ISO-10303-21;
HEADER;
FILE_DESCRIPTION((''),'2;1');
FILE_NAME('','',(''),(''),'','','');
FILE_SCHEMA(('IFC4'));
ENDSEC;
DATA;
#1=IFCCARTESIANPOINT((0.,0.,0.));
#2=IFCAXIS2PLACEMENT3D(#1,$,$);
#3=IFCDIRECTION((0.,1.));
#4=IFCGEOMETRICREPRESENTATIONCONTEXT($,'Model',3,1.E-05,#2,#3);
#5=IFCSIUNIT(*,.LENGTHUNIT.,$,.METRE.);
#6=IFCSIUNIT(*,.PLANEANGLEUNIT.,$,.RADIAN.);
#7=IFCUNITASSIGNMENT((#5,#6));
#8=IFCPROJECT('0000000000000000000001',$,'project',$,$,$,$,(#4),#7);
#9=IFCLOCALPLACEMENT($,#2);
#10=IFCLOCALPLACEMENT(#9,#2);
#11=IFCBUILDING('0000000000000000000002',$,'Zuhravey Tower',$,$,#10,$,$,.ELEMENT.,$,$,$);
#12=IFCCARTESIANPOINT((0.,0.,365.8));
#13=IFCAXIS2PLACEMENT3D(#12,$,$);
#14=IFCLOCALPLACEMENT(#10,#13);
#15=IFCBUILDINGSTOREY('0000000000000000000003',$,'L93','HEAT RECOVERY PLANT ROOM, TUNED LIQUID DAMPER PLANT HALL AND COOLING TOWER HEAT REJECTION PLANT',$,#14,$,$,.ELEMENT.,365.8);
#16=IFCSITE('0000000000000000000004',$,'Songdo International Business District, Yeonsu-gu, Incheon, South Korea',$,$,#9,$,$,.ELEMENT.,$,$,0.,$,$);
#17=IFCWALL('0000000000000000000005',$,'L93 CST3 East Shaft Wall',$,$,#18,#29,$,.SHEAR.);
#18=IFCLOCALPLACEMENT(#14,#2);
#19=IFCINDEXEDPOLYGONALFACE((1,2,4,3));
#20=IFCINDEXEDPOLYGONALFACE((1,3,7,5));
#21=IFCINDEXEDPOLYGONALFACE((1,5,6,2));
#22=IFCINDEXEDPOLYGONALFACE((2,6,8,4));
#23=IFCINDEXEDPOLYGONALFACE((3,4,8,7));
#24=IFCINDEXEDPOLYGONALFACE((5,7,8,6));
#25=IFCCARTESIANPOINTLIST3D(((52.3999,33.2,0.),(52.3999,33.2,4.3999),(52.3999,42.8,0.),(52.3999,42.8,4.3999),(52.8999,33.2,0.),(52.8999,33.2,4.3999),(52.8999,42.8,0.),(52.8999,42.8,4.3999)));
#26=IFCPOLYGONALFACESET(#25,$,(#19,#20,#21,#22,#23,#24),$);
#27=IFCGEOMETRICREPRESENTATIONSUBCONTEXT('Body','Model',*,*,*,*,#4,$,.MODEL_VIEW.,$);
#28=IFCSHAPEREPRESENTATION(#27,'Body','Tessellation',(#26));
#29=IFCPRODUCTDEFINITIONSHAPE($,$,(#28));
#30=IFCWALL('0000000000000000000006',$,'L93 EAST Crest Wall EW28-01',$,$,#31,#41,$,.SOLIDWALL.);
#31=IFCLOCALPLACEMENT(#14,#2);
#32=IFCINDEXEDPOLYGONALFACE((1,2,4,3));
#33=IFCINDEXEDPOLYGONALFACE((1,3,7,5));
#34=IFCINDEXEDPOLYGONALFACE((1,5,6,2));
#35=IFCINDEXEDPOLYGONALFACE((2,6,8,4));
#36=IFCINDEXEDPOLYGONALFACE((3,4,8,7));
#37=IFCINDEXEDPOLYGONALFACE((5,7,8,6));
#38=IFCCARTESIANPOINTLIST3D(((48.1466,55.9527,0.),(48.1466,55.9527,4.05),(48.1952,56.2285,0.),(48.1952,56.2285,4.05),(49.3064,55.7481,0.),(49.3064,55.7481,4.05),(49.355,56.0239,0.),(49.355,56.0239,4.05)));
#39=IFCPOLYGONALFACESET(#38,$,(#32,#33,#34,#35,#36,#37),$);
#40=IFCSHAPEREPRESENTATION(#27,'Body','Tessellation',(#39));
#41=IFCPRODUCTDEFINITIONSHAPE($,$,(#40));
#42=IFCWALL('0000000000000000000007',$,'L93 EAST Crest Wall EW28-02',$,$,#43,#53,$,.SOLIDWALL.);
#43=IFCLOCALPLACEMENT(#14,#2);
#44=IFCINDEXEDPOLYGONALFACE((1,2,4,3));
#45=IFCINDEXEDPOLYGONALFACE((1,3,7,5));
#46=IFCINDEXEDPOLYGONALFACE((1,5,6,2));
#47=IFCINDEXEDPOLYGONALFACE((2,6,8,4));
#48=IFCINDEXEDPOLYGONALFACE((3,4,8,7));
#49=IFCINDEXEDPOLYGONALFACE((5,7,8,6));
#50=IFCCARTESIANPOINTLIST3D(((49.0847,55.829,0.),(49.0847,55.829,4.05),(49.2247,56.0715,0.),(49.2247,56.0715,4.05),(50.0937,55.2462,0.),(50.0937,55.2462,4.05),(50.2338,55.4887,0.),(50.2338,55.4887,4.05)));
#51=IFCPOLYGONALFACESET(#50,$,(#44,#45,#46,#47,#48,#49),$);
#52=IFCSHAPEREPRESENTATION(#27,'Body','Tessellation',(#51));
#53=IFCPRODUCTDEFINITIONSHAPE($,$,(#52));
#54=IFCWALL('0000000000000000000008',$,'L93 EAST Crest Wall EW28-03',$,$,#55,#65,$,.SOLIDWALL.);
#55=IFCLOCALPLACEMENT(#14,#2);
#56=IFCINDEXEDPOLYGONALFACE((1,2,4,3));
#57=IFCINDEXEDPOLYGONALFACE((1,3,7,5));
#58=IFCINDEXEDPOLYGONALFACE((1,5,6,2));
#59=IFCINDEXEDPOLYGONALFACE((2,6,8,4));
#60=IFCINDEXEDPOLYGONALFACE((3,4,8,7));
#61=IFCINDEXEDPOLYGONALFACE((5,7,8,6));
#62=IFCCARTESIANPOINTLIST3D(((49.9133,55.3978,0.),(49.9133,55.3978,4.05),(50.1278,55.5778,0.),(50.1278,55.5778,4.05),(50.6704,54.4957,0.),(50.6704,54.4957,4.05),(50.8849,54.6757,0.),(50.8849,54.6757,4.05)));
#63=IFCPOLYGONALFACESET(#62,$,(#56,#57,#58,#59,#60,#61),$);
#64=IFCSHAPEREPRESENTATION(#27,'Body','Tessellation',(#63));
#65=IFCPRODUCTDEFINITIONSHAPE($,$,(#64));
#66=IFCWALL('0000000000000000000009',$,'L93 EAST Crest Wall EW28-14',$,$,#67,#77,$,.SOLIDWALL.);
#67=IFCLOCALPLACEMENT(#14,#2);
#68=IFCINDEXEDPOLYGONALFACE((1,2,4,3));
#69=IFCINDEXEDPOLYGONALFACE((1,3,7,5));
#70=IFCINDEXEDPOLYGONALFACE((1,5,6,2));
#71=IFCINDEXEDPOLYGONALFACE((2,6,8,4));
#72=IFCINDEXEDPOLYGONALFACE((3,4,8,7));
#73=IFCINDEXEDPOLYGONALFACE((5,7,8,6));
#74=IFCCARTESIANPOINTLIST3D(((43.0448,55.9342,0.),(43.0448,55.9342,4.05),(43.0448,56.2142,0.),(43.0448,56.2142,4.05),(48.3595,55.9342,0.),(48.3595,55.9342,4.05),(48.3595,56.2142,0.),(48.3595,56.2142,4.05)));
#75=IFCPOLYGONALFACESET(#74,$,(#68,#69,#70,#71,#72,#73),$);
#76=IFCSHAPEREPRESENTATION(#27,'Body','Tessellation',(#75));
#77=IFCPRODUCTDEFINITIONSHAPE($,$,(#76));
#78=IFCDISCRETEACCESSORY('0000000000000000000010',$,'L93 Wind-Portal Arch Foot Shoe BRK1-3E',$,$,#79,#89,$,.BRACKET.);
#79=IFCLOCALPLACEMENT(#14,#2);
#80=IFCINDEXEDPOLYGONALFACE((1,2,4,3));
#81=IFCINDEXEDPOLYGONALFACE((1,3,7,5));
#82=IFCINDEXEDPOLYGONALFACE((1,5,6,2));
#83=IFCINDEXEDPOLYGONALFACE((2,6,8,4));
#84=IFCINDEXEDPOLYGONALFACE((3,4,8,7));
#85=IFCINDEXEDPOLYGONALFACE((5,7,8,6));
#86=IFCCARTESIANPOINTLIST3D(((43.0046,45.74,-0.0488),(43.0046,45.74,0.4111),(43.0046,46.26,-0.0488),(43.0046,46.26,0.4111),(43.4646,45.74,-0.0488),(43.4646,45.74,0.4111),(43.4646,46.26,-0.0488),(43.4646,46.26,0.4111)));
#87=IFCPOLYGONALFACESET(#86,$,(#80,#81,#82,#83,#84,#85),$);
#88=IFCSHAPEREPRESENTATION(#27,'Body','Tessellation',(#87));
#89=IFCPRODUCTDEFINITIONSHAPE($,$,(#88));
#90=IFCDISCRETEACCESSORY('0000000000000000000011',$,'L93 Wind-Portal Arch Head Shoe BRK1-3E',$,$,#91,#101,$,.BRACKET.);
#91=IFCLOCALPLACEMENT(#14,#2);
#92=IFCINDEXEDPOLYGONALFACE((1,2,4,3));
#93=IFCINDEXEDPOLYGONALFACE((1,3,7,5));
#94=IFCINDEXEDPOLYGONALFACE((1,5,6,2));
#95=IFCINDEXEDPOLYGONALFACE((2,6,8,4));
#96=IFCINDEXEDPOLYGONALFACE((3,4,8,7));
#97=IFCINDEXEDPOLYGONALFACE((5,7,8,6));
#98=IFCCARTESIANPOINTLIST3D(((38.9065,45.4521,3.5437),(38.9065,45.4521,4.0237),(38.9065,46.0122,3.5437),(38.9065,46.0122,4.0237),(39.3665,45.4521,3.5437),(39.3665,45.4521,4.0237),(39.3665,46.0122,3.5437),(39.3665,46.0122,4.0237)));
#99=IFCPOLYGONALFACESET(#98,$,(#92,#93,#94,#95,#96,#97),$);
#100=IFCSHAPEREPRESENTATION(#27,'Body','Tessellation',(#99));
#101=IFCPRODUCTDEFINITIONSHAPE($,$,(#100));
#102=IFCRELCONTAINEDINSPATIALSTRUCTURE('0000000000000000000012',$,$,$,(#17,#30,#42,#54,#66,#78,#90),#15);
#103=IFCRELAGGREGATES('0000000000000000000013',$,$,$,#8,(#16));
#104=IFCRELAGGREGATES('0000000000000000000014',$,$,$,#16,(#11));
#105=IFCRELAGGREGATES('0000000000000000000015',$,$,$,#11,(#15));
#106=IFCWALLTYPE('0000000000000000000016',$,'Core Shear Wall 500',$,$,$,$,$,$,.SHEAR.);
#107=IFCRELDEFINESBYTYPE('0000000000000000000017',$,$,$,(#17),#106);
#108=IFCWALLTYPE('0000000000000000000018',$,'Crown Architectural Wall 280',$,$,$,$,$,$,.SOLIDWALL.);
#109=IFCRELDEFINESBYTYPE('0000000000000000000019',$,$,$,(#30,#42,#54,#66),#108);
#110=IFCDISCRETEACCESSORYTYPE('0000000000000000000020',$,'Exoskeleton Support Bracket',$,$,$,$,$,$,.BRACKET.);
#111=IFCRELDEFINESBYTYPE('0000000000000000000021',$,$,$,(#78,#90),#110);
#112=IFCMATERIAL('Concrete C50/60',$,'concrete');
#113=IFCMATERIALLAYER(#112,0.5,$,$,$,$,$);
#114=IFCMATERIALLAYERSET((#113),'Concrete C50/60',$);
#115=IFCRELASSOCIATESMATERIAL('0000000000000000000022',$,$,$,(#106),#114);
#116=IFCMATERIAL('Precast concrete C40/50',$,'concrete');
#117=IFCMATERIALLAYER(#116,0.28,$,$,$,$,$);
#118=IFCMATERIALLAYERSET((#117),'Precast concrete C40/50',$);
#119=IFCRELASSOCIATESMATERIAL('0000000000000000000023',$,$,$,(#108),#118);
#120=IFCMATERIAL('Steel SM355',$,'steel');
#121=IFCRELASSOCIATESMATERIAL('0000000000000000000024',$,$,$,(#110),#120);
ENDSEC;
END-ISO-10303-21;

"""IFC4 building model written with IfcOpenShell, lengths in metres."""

from ifc_helpers import new_model, si_unit, direction, frame, frame_2d, origin, origin_2d, place, context, subcontext, project, spatial, rectangle, extrude, material, layer, layer_set, type_object, element, save


model = new_model("IFC4")

# Units and contexts
model_context = context("Model", 3, precision=1e-05, world=origin(), true_north=direction((0.0, 1.0)))
body_context = subcontext(model_context, "Body", "Model", "MODEL_VIEW")
ifc_project = project(units=[si_unit("LENGTHUNIT", "METRE"), si_unit("PLANEANGLEUNIT", "RADIAN")], contexts=[model_context])

# Site, building, storey
site_placement = place(None, origin())
site = spatial("IfcSite", under=ifc_project, at=site_placement, Name="Songdo International Business District, Yeonsu-gu, Incheon, South Korea", CompositionType="ELEMENT", RefElevation=0.0)
building_placement = place(site_placement, origin())
building = spatial("IfcBuilding", under=site, at=building_placement, Name="Zuhravey Tower", CompositionType="ELEMENT")
storey_placement = place(building_placement, frame((0.0, 0.0, 365.8)))
storey = spatial("IfcBuildingStorey", under=building, at=storey_placement, Name="L93", Description="HEAT RECOVERY PLANT ROOM, TUNED LIQUID DAMPER PLANT HALL AND COOLING TOWER HEAT REJECTION PLANT", CompositionType="ELEMENT", Elevation=365.8)

# Shared definitions
ifc_material_1 = material(Name="Steel SM355", Category="steel")

# Walls
ifc_material_2 = material(Name="Concrete C50/60", Category="concrete")
ifc_layer_1 = layer(ifc_material_2, 0.5)
ifc_layer_set_1 = layer_set([ifc_layer_1], Name="Concrete C50/60")
wall_type_1 = type_object("IfcWallType", Name="Core Shear Wall 500", PredefinedType="SHEAR", material=ifc_layer_set_1)
wall_1_placement = place(storey_placement, frame((52.6499, 42.8, 0.0), z_axis=(0.0, 0.0, 1.0), x_axis=(0.0, -1.0, 0.0)))
element("IfcWall", 1, at=wall_1_placement, inside=storey, type_object=wall_type_1, Name="L93 CST3 East Shaft Wall", PredefinedType="SHEAR", context=body_context, shape_type="SweptSolid", body=[
    extrude(rectangle(XDim=9.6001, YDim=0.5, at=frame_2d((4.8, 0.0))), origin(), (0.0, 0.0, 1.0), 4.3999),
])
ifc_material_3 = material(Name="Precast concrete C40/50", Category="concrete")
ifc_layer_2 = layer(ifc_material_3, 0.28)
ifc_layer_set_2 = layer_set([ifc_layer_2], Name="Precast concrete C40/50")
wall_type_2 = type_object("IfcWallType", Name="Crown Architectural Wall 280", PredefinedType="SOLIDWALL", material=ifc_layer_set_2)
wall_2_placement = place(storey_placement, frame((48.1709, 56.0906, 0.0), z_axis=(0.0, 0.0, 1.0), x_axis=(0.984798, -0.173703, 0.0)))
element("IfcWall", 2, at=wall_2_placement, inside=storey, type_object=wall_type_2, Name="L93 EAST Crest Wall EW28-01", PredefinedType="SOLIDWALL", context=body_context, shape_type="SweptSolid", body=[
    extrude(rectangle(XDim=1.1777, YDim=0.28, at=frame_2d((0.5889, 0.0))), origin(), (0.0, 0.0, 1.0), 4.05),
])
wall_3_placement = place(storey_placement, frame((49.1548, 55.9502, 0.0), z_axis=(0.0, 0.0, 1.0), x_axis=(0.865952, -0.500127, 0.0)))
element("IfcWall", 3, at=wall_3_placement, inside=storey, type_object=wall_type_2, Name="L93 EAST Crest Wall EW28-02", PredefinedType="SOLIDWALL", context=body_context, shape_type="SweptSolid", body=[
    extrude(rectangle(XDim=1.1653, YDim=0.28, at=frame_2d((0.5825, 0.0))), origin(), (0.0, 0.0, 1.0), 4.05),
])
wall_4_placement = place(storey_placement, frame((50.0205, 55.4878, 0.0), z_axis=(0.0, 0.0, 1.0), x_axis=(0.642852, -0.765991, 0.0)))
element("IfcWall", 4, at=wall_4_placement, inside=storey, type_object=wall_type_2, Name="L93 EAST Crest Wall EW28-03", PredefinedType="SOLIDWALL", context=body_context, shape_type="SweptSolid", body=[
    extrude(rectangle(XDim=1.1777, YDim=0.28, at=frame_2d((0.5889, 0.0))), origin(), (0.0, 0.0, 1.0), 4.05),
])
wall_5_placement = place(storey_placement, frame((43.0449, 56.0742, 0.0), z_axis=(0.0, 0.0, 1.0), x_axis=(1.0, 0.0, 0.0)))
element("IfcWall", 5, at=wall_5_placement, inside=storey, type_object=wall_type_2, Name="L93 EAST Crest Wall EW28-14", PredefinedType="SOLIDWALL", context=body_context, shape_type="SweptSolid", body=[
    extrude(rectangle(XDim=5.3147, YDim=0.28, at=frame_2d((2.6572, 0.0))), origin(), (0.0, 0.0, 1.0), 4.05),
])

# Discrete accessories
discrete_accessory_type = type_object("IfcDiscreteAccessoryType", Name="Exoskeleton Support Bracket", PredefinedType="BRACKET", material=ifc_material_1)
discrete_accessory_1_placement = place(storey_placement, frame((43.2346, 46.0, -0.0488), z_axis=(0.0, 0.0, 1.0), x_axis=(1.0, 0.0, 0.0)))
element("IfcDiscreteAccessory", 6, at=discrete_accessory_1_placement, inside=storey, type_object=discrete_accessory_type, Name="L93 Wind-Portal Arch Foot Shoe BRK1-3E", PredefinedType="BRACKET", context=body_context, shape_type="SweptSolid", body=[
    extrude(rectangle(XDim=0.46, YDim=0.52, at=origin_2d()), origin(), (0.0, 0.0, 1.0), 0.46),
])
discrete_accessory_2_placement = place(storey_placement, frame((39.1365, 45.7322, 3.5437), z_axis=(0.0, 0.0, 1.0), x_axis=(1.0, 0.0, 0.0)))
element("IfcDiscreteAccessory", 7, at=discrete_accessory_2_placement, inside=storey, type_object=discrete_accessory_type, Name="L93 Wind-Portal Arch Head Shoe BRK1-3E", PredefinedType="BRACKET", context=body_context, shape_type="SweptSolid", body=[
    extrude(rectangle(XDim=0.46, YDim=0.5601, at=origin_2d()), origin(), (0.0, 0.0, 1.0), 0.48),
])

save(model, "model.ifc")
